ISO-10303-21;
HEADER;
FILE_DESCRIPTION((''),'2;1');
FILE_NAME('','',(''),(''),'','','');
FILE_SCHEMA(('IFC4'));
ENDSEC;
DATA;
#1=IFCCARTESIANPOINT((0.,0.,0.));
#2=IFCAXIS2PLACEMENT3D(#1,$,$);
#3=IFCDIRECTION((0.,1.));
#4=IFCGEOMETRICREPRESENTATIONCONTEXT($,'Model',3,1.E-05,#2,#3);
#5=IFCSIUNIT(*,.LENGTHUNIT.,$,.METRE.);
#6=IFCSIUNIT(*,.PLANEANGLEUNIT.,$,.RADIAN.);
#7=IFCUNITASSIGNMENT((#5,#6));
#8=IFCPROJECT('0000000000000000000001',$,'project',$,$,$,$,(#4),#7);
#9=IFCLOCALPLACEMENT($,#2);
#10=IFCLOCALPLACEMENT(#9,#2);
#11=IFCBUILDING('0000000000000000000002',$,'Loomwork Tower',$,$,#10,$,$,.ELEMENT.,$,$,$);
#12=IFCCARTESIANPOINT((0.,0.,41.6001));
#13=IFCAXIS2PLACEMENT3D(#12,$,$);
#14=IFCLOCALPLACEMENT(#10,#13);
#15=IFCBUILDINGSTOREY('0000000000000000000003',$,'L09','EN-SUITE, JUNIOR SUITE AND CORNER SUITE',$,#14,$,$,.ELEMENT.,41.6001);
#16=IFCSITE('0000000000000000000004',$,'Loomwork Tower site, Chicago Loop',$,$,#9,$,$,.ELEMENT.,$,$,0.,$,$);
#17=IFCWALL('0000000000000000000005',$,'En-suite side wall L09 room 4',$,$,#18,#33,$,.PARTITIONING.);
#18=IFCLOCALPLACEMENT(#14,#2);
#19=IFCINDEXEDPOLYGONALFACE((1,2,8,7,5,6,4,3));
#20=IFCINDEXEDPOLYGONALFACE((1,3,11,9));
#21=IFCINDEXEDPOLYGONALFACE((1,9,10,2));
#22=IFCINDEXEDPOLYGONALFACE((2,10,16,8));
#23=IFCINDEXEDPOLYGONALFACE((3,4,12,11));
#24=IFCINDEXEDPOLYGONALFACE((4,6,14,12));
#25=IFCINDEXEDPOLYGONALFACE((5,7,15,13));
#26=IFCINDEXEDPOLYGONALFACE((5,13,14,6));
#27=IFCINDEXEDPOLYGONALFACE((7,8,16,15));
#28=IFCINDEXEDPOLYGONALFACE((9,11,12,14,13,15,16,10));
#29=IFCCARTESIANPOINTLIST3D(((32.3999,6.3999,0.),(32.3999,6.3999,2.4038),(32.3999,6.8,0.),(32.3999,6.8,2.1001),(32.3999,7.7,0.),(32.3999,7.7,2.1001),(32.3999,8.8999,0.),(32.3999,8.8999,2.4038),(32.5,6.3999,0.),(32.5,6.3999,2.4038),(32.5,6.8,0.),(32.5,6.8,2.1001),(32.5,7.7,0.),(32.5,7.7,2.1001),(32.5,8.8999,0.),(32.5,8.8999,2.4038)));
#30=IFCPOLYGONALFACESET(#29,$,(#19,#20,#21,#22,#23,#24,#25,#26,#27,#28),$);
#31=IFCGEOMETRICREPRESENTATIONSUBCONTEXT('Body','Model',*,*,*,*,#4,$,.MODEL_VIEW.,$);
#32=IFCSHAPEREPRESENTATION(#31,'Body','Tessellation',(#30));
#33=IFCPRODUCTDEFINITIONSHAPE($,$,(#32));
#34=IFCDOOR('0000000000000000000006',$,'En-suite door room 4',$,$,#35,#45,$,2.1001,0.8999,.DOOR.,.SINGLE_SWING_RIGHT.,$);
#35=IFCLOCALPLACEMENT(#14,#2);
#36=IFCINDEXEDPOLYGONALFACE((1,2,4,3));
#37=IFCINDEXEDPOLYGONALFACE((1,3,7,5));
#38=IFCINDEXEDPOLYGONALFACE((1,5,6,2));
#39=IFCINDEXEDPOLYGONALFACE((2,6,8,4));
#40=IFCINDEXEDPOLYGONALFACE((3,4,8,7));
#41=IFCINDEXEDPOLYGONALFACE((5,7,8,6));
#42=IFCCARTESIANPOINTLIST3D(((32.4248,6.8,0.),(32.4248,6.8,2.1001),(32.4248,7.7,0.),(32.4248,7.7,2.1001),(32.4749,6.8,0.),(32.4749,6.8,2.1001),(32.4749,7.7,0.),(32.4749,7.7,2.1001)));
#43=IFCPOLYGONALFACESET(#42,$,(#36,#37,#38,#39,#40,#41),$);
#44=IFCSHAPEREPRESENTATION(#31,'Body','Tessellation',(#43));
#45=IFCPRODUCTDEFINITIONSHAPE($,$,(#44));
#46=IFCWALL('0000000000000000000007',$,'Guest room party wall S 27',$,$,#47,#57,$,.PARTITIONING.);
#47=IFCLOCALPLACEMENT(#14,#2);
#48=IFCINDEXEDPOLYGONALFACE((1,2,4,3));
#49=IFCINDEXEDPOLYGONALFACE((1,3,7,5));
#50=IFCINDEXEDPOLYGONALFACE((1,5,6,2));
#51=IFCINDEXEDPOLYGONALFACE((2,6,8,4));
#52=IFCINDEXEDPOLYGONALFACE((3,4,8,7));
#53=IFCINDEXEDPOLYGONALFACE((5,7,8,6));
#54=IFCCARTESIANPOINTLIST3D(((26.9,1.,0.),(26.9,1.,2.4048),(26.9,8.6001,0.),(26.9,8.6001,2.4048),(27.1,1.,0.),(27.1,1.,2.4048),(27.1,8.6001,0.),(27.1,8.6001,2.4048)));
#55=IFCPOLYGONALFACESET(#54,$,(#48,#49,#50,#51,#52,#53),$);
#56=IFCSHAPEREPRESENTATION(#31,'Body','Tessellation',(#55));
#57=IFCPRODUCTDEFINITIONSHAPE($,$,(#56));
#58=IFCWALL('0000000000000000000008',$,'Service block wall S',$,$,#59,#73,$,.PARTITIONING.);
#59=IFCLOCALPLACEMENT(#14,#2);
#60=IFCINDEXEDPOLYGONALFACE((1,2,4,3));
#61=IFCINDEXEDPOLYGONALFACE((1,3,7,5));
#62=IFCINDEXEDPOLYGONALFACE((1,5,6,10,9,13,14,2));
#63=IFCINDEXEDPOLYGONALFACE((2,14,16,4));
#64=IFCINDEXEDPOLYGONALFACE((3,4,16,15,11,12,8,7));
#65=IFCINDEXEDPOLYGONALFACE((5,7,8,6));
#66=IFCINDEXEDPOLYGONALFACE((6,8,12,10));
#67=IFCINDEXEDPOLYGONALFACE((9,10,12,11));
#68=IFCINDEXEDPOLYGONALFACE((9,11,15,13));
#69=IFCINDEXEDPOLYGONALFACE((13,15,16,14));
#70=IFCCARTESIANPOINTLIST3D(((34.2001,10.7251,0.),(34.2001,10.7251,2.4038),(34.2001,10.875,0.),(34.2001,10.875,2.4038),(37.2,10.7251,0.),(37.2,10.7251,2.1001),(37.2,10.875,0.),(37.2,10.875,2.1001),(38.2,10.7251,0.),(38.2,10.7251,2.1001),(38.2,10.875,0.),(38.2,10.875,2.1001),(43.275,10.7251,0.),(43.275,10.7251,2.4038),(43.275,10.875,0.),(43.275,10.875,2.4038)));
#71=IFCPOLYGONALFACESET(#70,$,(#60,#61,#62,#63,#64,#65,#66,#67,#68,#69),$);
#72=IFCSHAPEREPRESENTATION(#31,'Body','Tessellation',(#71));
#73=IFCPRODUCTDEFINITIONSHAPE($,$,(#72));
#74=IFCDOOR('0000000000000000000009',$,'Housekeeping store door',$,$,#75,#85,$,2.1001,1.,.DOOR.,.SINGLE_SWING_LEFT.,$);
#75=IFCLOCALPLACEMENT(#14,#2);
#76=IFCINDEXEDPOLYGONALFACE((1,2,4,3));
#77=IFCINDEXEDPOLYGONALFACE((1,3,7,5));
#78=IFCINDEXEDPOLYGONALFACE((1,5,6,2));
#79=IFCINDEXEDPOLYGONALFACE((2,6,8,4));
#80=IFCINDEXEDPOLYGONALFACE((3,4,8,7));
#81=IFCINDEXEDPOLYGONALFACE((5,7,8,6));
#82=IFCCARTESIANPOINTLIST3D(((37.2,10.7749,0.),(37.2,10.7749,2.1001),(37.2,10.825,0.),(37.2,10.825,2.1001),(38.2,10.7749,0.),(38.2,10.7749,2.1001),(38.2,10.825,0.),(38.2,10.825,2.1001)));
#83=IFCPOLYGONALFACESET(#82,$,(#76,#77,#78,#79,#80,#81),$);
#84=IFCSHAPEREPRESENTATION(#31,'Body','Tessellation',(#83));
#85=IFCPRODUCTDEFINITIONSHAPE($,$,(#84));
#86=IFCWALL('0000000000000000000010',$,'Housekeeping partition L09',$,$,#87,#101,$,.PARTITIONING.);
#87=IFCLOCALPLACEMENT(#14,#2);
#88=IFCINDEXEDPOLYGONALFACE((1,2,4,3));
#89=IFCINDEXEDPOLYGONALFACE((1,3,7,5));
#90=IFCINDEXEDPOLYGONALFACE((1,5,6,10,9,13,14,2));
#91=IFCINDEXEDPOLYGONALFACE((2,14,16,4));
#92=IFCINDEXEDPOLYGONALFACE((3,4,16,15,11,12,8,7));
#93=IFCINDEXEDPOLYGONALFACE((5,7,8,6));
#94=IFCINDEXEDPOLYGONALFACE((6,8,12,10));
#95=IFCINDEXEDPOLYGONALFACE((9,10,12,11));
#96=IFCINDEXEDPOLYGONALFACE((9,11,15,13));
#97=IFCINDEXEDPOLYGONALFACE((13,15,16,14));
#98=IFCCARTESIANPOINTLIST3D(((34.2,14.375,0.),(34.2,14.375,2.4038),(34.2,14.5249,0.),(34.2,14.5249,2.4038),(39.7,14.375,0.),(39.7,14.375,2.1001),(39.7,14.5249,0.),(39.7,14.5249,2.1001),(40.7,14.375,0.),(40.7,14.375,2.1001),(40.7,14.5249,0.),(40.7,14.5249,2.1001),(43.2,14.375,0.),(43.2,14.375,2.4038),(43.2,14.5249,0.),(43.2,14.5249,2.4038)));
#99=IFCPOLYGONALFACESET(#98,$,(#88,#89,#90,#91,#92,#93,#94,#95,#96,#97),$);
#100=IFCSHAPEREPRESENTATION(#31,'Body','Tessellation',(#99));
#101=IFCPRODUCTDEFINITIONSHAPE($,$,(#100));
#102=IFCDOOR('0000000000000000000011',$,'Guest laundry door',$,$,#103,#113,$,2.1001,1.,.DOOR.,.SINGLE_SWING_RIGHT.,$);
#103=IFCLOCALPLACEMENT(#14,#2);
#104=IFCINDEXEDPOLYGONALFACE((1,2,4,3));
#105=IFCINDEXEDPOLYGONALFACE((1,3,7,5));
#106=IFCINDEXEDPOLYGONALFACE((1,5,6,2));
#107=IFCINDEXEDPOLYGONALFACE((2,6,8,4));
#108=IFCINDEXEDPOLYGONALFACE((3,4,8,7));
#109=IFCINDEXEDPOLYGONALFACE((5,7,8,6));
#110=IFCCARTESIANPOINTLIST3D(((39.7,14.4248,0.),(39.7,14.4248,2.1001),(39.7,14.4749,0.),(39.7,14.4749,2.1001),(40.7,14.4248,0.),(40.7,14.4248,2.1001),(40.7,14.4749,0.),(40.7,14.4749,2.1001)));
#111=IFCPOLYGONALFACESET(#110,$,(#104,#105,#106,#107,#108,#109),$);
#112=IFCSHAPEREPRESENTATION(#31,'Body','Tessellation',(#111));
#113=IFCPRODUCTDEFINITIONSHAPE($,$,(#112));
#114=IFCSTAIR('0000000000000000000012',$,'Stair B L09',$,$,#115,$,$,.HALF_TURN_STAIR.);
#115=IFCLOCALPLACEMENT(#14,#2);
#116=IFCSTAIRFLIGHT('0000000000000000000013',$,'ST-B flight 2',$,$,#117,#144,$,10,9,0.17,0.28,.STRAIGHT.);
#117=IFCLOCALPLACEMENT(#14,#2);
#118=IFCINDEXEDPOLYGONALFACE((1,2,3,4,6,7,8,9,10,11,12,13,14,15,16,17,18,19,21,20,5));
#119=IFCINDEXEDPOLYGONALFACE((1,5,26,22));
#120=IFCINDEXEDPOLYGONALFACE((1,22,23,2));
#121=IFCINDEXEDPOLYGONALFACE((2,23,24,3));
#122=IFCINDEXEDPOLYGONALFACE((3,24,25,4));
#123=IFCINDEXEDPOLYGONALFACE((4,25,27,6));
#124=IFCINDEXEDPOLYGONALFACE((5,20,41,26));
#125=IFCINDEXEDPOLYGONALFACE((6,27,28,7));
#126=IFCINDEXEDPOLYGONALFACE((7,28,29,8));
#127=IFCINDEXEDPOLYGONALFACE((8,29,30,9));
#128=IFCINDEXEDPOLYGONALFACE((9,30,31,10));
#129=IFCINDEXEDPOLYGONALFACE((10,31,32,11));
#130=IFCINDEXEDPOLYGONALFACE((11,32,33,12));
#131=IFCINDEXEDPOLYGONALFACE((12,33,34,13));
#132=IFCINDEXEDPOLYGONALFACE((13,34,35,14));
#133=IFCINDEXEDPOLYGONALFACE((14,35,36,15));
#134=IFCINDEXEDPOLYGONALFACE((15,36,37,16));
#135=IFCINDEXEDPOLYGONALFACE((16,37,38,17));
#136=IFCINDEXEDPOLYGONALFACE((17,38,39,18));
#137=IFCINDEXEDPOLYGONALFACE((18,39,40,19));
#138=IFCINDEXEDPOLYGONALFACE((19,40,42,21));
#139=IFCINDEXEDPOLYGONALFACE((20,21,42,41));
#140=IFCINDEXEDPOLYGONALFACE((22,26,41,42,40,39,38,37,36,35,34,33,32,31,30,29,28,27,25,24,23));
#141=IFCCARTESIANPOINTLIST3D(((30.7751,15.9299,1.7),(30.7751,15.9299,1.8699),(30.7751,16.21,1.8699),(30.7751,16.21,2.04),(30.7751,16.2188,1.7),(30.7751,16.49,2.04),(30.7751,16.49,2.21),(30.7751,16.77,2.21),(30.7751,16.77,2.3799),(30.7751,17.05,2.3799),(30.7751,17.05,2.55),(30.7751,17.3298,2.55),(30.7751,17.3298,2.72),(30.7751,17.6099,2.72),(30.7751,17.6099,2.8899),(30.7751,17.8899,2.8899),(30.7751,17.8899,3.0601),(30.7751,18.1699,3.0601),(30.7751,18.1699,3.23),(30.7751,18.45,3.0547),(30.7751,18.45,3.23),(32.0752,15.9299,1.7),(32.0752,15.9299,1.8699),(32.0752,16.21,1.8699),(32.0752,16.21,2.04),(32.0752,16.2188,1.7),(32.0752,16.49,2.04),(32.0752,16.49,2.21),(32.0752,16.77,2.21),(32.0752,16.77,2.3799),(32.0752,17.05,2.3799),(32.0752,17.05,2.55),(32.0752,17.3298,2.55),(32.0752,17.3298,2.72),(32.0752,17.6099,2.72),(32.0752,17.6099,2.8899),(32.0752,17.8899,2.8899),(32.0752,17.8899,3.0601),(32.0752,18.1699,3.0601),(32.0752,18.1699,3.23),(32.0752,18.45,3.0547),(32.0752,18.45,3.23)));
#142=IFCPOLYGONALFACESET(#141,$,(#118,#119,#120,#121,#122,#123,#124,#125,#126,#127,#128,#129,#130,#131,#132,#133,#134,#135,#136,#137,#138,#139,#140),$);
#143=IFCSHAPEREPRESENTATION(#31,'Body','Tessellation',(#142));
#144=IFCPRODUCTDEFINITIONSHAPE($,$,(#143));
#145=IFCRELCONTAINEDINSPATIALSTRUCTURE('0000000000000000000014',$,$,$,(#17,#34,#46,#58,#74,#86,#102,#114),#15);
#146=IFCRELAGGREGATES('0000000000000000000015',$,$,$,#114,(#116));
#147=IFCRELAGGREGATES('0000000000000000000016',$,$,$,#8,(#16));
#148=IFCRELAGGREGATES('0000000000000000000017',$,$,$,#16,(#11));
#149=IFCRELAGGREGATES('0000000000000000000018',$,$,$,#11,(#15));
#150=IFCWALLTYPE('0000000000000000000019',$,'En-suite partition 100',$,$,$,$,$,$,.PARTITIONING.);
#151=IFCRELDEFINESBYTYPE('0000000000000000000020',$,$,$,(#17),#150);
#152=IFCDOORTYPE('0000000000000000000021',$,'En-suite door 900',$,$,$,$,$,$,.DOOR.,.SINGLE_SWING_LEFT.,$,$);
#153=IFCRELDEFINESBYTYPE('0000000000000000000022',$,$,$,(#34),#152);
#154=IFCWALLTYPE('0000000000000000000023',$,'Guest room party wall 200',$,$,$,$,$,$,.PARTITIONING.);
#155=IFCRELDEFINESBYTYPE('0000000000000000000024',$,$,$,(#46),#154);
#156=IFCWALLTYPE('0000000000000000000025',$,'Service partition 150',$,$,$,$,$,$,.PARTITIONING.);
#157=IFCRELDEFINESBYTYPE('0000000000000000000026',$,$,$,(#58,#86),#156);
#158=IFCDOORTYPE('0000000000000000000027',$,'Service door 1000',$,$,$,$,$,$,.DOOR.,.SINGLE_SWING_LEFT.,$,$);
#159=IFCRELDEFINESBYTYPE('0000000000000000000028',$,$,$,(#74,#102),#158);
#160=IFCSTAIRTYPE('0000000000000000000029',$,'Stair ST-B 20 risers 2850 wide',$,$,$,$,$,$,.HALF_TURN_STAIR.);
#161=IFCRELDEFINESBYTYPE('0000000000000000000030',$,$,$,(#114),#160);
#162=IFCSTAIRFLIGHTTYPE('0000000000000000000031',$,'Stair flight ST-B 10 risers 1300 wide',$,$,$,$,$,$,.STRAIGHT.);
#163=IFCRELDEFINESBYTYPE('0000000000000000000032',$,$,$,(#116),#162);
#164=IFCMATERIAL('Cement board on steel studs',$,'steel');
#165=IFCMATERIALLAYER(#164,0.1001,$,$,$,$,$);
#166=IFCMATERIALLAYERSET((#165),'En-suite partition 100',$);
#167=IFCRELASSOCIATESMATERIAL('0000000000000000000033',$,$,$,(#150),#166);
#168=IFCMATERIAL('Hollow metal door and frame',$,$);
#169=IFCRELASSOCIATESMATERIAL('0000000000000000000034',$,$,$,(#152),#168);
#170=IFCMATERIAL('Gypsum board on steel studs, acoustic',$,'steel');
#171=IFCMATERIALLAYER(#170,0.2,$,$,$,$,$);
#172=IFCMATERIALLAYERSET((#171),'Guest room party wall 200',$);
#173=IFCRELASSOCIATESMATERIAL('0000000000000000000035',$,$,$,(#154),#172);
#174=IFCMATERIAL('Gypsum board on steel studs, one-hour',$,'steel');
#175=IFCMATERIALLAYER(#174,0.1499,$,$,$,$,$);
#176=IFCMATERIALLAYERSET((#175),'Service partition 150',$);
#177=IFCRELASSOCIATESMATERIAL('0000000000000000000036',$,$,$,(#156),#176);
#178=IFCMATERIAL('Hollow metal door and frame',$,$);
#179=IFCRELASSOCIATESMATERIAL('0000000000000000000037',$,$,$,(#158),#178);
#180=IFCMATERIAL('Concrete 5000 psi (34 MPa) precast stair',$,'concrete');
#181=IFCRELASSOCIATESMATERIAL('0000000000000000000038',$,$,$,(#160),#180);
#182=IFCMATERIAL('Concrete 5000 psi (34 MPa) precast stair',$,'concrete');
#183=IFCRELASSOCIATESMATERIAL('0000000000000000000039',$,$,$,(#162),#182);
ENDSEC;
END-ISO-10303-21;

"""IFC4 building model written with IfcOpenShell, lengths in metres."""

from ifc_helpers import new_model, si_unit, direction, frame, frame_2d, origin, place, context, subcontext, project, spatial, polyline, rectangle, outline, extrude, material, layer, layer_set, type_object, element, fill, aggregate, save


model = new_model("IFC4")

# Units and contexts
model_context = context("Model", 3, precision=1e-05, world=origin(), true_north=direction((0.0, 1.0)))
body_context = subcontext(model_context, "Body", "Model", "MODEL_VIEW")
ifc_project = project(units=[si_unit("LENGTHUNIT", "METRE"), si_unit("PLANEANGLEUNIT", "RADIAN")], contexts=[model_context])

# Site, building, storey
site_placement = place(None, origin())
site = spatial("IfcSite", under=ifc_project, at=site_placement, Name="Loomwork Tower site, Chicago Loop", CompositionType="ELEMENT", RefElevation=0.0)
building_placement = place(site_placement, origin())
building = spatial("IfcBuilding", under=site, at=building_placement, Name="Loomwork Tower", CompositionType="ELEMENT")
storey_placement = place(building_placement, frame((0.0, 0.0, 41.6001)))
storey = spatial("IfcBuildingStorey", under=building, at=storey_placement, Name="L09", Description="EN-SUITE, JUNIOR SUITE AND CORNER SUITE", CompositionType="ELEMENT", Elevation=41.6001)

# Shared definitions
ifc_material_1 = material(Name="Cement board on steel studs", Category="steel")
ifc_layer_1 = layer(ifc_material_1, 0.1001)
ifc_layer_set_1 = layer_set([ifc_layer_1], Name="En-suite partition 100")
wall_type_1 = type_object("IfcWallType", Name="En-suite partition 100", PredefinedType="PARTITIONING", material=ifc_layer_set_1)

# Wall, opening, door
wall_1_placement = place(storey_placement, frame((32.45, 8.8999, 0.0), z_axis=(0.0, 0.0, 1.0), x_axis=(0.0, -1.0, 0.0)))
wall_1 = element("IfcWall", 1, at=wall_1_placement, inside=storey, type_object=wall_type_1, Name="En-suite side wall L09 room 4", PredefinedType="PARTITIONING", context=body_context, shape_type="SweptSolid", body=[
    extrude(rectangle(XDim=2.5, YDim=0.1001, at=frame_2d((1.25, 0.0))), origin(), (0.0, 0.0, 1.0), 2.4038),
])
opening_1_placement = place(wall_1_placement, frame((1.2, 0.0, 0.0)))
opening_1 = element("IfcOpeningElement", 2, at=opening_1_placement, cuts=wall_1, PredefinedType="OPENING", context=body_context, shape_type="SweptSolid", body=[
    extrude(rectangle(XDim=0.8999, YDim=2.1001, at=frame_2d((0.45, 1.05))), frame((0.0, 0.0601, 0.0), z_axis=(0.0, -1.0, 0.0), x_axis=(1.0, 0.0, 0.0)), (0.0, 0.0, 1.0), 0.1201),
])
ifc_material_2 = material(Name="Hollow metal door and frame")
door_type_1 = type_object("IfcDoorType", Name="En-suite door 900", OperationType="SINGLE_SWING_LEFT", PredefinedType="DOOR", material=ifc_material_2)
door_1_placement = place(opening_1_placement, origin())
door_1 = element("IfcDoor", 3, at=door_1_placement, inside=storey, type_object=door_type_1, Name="En-suite door room 4", OperationType="SINGLE_SWING_RIGHT", OverallHeight=2.1001, OverallWidth=0.8999, PredefinedType="DOOR", context=body_context, shape_type="SweptSolid", body=[
    extrude(rectangle(XDim=0.8999, YDim=2.1001, at=frame_2d((0.45, 1.05))), frame((0.0, 0.0249, 0.0), z_axis=(0.0, -1.0, 0.0), x_axis=(1.0, 0.0, 0.0)), (0.0, 0.0, 1.0), 0.05),
])
fill(opening_1, door_1)

# Wall
ifc_material_3 = material(Name="Gypsum board on steel studs, acoustic", Category="steel")
ifc_layer_2 = layer(ifc_material_3, 0.2)
ifc_layer_set_2 = layer_set([ifc_layer_2], Name="Guest room party wall 200")
wall_type_2 = type_object("IfcWallType", Name="Guest room party wall 200", PredefinedType="PARTITIONING", material=ifc_layer_set_2)
wall_2_placement = place(storey_placement, frame((27.0, 8.6001, 0.0), z_axis=(0.0, 0.0, 1.0), x_axis=(0.0, -1.0, 0.0)))
element("IfcWall", 4, at=wall_2_placement, inside=storey, type_object=wall_type_2, Name="Guest room party wall S 27", PredefinedType="PARTITIONING", context=body_context, shape_type="SweptSolid", body=[
    extrude(rectangle(XDim=7.6001, YDim=0.2, at=frame_2d((3.8, 0.0))), origin(), (0.0, 0.0, 1.0), 2.4048),
])

# Walls, openings, doors
ifc_material_4 = material(Name="Gypsum board on steel studs, one-hour", Category="steel")
ifc_layer_3 = layer(ifc_material_4, 0.1499)
ifc_layer_set_3 = layer_set([ifc_layer_3], Name="Service partition 150")
wall_type_3 = type_object("IfcWallType", Name="Service partition 150", PredefinedType="PARTITIONING", material=ifc_layer_set_3)
wall_3_placement = place(storey_placement, frame((34.2, 10.8, 0.0), z_axis=(0.0, 0.0, 1.0), x_axis=(1.0, 0.0, 0.0)))
wall_3 = element("IfcWall", 5, at=wall_3_placement, inside=storey, type_object=wall_type_3, Name="Service block wall S", PredefinedType="PARTITIONING", context=body_context, shape_type="SweptSolid", body=[
    extrude(rectangle(XDim=9.075, YDim=0.1499, at=frame_2d((4.5376, 0.0))), origin(), (0.0, 0.0, 1.0), 2.4038),
])
opening_2_placement = place(wall_3_placement, frame((3.0, 0.0, 0.0)))
opening_2 = element("IfcOpeningElement", 6, at=opening_2_placement, cuts=wall_3, PredefinedType="OPENING", context=body_context, shape_type="SweptSolid", body=[
    extrude(rectangle(XDim=1.0, YDim=2.1001, at=frame_2d((0.5, 1.05))), frame((0.0, 0.085, 0.0), z_axis=(0.0, -1.0, 0.0), x_axis=(1.0, 0.0, 0.0)), (0.0, 0.0, 1.0), 0.1699),
])
ifc_material_5 = material(Name="Hollow metal door and frame")
door_type_2 = type_object("IfcDoorType", Name="Service door 1000", OperationType="SINGLE_SWING_LEFT", PredefinedType="DOOR", material=ifc_material_5)
door_2_placement = place(opening_2_placement, origin())
door_2 = element("IfcDoor", 7, at=door_2_placement, inside=storey, type_object=door_type_2, Name="Housekeeping store door", OperationType="SINGLE_SWING_LEFT", OverallHeight=2.1001, OverallWidth=1.0, PredefinedType="DOOR", context=body_context, shape_type="SweptSolid", body=[
    extrude(rectangle(XDim=1.0, YDim=2.1001, at=frame_2d((0.5, 1.05))), frame((0.0, 0.0249, 0.0), z_axis=(0.0, -1.0, 0.0), x_axis=(1.0, 0.0, 0.0)), (0.0, 0.0, 1.0), 0.05),
])
fill(opening_2, door_2)
wall_4_placement = place(storey_placement, frame((34.2, 14.45, 0.0), z_axis=(0.0, 0.0, 1.0), x_axis=(1.0, 0.0, 0.0)))
wall_4 = element("IfcWall", 8, at=wall_4_placement, inside=storey, type_object=wall_type_3, Name="Housekeeping partition L09", PredefinedType="PARTITIONING", context=body_context, shape_type="SweptSolid", body=[
    extrude(rectangle(XDim=9.0, YDim=0.1499, at=frame_2d((4.5, 0.0))), origin(), (0.0, 0.0, 1.0), 2.4038),
])
opening_3_placement = place(wall_4_placement, frame((5.5, 0.0, 0.0)))
opening_3 = element("IfcOpeningElement", 9, at=opening_3_placement, cuts=wall_4, PredefinedType="OPENING", context=body_context, shape_type="SweptSolid", body=[
    extrude(rectangle(XDim=1.0, YDim=2.1001, at=frame_2d((0.5, 1.05))), frame((0.0, 0.085, 0.0), z_axis=(0.0, -1.0, 0.0), x_axis=(1.0, 0.0, 0.0)), (0.0, 0.0, 1.0), 0.1699),
])
door_3_placement = place(opening_3_placement, origin())
door_3 = element("IfcDoor", 10, at=door_3_placement, inside=storey, type_object=door_type_2, Name="Guest laundry door", OperationType="SINGLE_SWING_RIGHT", OverallHeight=2.1001, OverallWidth=1.0, PredefinedType="DOOR", context=body_context, shape_type="SweptSolid", body=[
    extrude(rectangle(XDim=1.0, YDim=2.1001, at=frame_2d((0.5, 1.05))), frame((0.0, 0.0249, 0.0), z_axis=(0.0, -1.0, 0.0), x_axis=(1.0, 0.0, 0.0)), (0.0, 0.0, 1.0), 0.05),
])
fill(opening_3, door_3)

# Stair, stair flight
ifc_material_6 = material(Name="Concrete 5000 psi (34 MPa) precast stair", Category="concrete")
stair_type = type_object("IfcStairType", Name="Stair ST-B 20 risers 2850 wide", PredefinedType="HALF_TURN_STAIR", material=ifc_material_6)
stair_placement = place(storey_placement, origin())
stair = element("IfcStair", 11, at=stair_placement, inside=storey, type_object=stair_type, Name="Stair B L09", PredefinedType="HALF_TURN_STAIR")
ifc_material_7 = material(Name="Concrete 5000 psi (34 MPa) precast stair", Category="concrete")
stair_flight_type = type_object("IfcStairFlightType", Name="Stair flight ST-B 10 risers 1300 wide", PredefinedType="STRAIGHT", material=ifc_material_7)
stair_flight_placement = place(storey_placement, frame((31.425, 15.9299, 1.7), z_axis=(0.0, 0.0, 1.0), x_axis=(0.0, 1.0, 0.0)))
stair_flight = element("IfcStairFlight", 12, at=stair_flight_placement, type_object=stair_flight_type, Name="ST-B flight 2", NumberOfRisers=10, NumberOfTreads=9, PredefinedType="STRAIGHT", RiserHeight=0.17, TreadLength=0.28, context=body_context, shape_type="SweptSolid", body=[
    extrude(outline(polyline([(0.0, 0.0), (0.0, 0.1699), (0.28, 0.1699), (0.28, 0.3401), (0.5601, 0.3401), (0.5601, 0.51), (0.8401, 0.51), (0.8401, 0.6799), (1.1201, 0.6799), (1.1201, 0.8501), (1.3999, 0.8501), (1.3999, 1.02), (1.6799, 1.02), (1.6799, 1.1899), (1.96, 1.1899), (1.96, 1.3601), (2.24, 1.3601), (2.24, 1.53), (2.52, 1.53), (2.52, 1.7), (2.52, 1.3547), (0.2888, 0.0), (0.0, 0.0)])), frame((0.0, 0.6499, 0.0), z_axis=(0.0, -1.0, 0.0), x_axis=(1.0, 0.0, 0.0)), (0.0, 0.0, 1.0), 1.3),
])
aggregate(stair, [stair_flight])

save(model, "model.ifc")
